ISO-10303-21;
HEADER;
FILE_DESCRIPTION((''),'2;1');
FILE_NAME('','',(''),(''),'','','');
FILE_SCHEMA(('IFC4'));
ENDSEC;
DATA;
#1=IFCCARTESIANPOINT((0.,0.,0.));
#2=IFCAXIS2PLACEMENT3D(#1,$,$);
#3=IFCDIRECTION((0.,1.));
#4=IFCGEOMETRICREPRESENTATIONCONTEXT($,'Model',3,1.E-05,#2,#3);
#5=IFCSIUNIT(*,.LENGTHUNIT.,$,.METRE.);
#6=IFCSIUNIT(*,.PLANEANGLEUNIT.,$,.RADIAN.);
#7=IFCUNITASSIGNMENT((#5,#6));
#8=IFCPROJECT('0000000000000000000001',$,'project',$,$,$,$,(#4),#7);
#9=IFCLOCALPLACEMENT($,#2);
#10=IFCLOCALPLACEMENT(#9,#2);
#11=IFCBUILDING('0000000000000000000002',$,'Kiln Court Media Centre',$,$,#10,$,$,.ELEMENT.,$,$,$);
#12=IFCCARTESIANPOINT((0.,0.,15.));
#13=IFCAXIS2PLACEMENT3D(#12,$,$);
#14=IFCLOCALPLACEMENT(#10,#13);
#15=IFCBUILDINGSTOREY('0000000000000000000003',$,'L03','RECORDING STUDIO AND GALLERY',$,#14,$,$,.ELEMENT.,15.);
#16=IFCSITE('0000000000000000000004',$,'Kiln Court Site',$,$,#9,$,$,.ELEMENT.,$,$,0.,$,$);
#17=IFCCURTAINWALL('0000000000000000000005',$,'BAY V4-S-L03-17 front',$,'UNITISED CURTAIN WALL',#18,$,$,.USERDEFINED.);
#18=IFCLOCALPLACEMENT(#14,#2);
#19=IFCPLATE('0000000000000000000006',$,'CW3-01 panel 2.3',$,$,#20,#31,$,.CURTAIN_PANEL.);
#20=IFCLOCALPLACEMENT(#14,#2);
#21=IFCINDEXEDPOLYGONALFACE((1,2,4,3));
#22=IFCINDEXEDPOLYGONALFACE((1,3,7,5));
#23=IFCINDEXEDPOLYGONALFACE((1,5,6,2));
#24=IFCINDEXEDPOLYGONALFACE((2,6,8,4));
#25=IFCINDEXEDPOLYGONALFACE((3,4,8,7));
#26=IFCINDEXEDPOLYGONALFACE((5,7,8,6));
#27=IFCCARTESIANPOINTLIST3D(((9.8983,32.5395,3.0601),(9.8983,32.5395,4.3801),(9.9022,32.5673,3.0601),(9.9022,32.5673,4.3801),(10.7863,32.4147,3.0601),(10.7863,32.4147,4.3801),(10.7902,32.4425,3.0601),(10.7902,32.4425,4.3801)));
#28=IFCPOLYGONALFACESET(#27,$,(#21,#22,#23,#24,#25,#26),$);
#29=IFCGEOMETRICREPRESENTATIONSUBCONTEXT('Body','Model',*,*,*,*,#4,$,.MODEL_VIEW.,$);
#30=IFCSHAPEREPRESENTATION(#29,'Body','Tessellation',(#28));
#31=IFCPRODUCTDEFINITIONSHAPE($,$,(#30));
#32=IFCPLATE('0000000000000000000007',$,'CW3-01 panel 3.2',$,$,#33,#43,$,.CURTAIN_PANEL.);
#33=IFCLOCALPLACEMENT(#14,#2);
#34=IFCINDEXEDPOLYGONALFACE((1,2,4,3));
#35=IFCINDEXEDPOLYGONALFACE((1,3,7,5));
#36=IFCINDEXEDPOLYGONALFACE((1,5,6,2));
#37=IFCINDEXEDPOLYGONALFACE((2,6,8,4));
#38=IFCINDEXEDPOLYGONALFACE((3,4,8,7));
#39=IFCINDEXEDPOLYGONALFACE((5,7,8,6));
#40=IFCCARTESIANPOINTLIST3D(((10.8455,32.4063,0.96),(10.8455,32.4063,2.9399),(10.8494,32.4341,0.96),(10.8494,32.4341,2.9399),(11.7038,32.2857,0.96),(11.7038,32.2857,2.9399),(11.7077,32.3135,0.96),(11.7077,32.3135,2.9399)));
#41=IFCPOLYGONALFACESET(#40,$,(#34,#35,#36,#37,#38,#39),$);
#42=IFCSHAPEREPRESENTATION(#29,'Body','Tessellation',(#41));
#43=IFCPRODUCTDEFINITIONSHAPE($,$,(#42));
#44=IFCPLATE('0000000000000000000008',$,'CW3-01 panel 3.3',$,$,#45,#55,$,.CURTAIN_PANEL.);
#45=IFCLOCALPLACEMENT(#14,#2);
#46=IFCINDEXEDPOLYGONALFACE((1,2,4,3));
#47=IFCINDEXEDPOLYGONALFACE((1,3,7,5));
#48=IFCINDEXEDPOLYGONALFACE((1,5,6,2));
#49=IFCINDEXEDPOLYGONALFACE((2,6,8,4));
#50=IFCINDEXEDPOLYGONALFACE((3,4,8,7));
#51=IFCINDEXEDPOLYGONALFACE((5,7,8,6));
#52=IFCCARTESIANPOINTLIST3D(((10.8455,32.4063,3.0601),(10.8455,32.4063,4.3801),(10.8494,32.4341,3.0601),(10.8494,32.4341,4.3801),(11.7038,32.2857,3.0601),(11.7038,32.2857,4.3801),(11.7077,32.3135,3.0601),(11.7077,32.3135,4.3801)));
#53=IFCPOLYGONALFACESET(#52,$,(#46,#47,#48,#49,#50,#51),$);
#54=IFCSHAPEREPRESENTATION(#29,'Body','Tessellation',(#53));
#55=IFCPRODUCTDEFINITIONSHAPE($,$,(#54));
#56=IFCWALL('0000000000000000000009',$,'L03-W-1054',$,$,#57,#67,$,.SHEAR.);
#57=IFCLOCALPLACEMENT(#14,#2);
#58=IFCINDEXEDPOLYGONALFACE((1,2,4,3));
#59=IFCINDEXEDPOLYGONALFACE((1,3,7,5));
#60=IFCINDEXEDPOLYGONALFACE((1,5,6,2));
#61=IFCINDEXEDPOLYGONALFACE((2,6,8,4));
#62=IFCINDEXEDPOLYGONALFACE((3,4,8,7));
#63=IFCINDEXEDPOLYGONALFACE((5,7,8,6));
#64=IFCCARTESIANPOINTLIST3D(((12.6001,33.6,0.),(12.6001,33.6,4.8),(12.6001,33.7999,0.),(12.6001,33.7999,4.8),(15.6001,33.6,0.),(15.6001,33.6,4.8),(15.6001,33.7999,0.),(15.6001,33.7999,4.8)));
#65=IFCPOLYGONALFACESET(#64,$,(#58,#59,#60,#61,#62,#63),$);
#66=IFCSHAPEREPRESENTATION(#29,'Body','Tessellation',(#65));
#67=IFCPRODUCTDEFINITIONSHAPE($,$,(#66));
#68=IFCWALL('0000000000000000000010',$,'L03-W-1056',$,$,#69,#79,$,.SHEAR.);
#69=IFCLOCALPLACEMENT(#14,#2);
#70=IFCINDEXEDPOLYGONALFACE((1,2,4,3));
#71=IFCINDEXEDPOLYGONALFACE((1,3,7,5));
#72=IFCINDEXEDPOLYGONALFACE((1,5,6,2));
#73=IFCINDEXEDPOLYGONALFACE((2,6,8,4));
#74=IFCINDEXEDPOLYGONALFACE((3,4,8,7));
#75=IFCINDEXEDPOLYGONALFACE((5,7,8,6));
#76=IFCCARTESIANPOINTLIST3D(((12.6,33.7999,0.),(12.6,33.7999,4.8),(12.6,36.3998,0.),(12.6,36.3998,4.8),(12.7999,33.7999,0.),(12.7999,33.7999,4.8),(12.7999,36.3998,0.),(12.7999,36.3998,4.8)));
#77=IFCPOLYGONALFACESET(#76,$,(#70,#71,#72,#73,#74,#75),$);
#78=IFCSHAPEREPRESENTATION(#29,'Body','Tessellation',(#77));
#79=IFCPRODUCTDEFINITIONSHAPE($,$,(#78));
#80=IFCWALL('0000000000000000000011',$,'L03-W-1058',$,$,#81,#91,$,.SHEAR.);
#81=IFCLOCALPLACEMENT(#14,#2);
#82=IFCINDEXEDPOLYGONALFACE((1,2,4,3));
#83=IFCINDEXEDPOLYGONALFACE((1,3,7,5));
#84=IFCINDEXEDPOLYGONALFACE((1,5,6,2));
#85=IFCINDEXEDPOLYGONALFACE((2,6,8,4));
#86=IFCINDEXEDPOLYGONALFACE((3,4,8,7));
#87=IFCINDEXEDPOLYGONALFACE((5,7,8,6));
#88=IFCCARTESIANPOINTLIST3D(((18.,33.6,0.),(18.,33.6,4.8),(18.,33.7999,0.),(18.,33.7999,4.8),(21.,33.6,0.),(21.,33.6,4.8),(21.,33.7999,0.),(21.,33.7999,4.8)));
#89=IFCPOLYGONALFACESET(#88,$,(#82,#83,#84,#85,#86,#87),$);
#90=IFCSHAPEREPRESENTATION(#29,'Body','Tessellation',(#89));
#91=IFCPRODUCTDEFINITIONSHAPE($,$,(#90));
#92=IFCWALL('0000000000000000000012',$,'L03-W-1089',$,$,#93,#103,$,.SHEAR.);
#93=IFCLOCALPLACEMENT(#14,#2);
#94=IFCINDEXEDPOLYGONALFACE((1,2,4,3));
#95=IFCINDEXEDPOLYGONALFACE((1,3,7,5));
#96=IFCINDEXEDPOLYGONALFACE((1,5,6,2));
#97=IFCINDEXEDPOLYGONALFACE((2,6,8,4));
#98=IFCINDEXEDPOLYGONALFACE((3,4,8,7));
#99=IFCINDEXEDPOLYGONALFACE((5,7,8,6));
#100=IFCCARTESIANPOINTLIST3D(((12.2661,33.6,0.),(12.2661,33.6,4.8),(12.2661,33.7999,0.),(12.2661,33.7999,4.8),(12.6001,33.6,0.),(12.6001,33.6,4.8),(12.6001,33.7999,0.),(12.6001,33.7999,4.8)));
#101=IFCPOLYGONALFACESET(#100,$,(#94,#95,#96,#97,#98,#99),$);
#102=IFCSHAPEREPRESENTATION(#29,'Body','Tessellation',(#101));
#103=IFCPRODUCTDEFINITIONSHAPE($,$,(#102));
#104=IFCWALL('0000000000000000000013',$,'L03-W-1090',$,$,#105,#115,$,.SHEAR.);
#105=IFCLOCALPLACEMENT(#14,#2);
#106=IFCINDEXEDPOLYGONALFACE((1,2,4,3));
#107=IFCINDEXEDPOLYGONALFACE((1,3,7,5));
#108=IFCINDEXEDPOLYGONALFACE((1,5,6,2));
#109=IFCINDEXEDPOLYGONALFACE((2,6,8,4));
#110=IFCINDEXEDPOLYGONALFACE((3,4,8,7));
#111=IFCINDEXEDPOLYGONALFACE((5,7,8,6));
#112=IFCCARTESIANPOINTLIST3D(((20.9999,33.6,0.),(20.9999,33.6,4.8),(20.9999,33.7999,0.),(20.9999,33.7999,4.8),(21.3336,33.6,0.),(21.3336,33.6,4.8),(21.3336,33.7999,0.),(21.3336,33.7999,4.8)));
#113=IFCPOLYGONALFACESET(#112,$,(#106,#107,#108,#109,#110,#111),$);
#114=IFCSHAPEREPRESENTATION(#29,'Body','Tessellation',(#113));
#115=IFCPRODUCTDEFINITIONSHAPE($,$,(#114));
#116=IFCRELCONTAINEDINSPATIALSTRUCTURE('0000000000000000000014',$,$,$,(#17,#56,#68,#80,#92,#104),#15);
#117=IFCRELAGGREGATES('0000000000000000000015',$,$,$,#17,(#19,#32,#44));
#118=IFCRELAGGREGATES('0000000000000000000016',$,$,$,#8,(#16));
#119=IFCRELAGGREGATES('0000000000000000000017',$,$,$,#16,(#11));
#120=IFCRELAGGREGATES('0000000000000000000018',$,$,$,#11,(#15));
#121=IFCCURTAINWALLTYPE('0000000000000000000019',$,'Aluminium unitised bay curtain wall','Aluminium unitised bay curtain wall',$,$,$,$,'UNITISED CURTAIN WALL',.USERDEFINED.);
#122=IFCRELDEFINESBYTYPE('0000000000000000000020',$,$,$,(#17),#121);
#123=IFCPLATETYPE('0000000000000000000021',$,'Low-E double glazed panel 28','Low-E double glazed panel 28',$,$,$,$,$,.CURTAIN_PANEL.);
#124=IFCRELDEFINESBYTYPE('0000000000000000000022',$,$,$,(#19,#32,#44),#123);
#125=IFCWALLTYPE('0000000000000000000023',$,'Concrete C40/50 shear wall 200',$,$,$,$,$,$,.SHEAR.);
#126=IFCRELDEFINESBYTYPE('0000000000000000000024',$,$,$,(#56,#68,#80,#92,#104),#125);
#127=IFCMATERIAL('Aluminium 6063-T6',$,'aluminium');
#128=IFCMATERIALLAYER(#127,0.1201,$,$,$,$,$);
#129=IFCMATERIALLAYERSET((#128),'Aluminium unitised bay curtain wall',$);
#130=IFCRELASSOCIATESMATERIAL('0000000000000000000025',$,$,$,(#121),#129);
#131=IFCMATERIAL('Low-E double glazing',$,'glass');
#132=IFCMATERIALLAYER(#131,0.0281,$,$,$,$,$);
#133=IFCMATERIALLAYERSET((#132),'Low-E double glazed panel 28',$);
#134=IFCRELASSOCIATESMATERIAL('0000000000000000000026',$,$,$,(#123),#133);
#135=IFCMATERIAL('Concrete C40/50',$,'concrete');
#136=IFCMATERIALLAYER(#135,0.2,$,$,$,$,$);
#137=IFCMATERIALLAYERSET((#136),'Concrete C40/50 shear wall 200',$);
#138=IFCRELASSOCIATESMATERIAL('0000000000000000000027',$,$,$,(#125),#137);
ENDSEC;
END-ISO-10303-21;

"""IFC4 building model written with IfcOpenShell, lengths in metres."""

from ifc_helpers import new_model, si_unit, direction, frame, frame_2d, origin, origin_2d, place, context, subcontext, project, spatial, rectangle, extrude, material, layer, layer_set, type_object, element, aggregate, save


model = new_model("IFC4")

# Units and contexts
model_context = context("Model", 3, precision=1e-05, world=origin(), true_north=direction((0.0, 1.0)))
body_context = subcontext(model_context, "Body", "Model", "MODEL_VIEW")
ifc_project = project(units=[si_unit("LENGTHUNIT", "METRE"), si_unit("PLANEANGLEUNIT", "RADIAN")], contexts=[model_context])

# Site, building, storey
site_placement = place(None, origin())
site = spatial("IfcSite", under=ifc_project, at=site_placement, Name="Kiln Court Site", CompositionType="ELEMENT", RefElevation=0.0)
building_placement = place(site_placement, origin())
building = spatial("IfcBuilding", under=site, at=building_placement, Name="Kiln Court Media Centre", CompositionType="ELEMENT")
storey_placement = place(building_placement, frame((0.0, 0.0, 15.0)))
storey = spatial("IfcBuildingStorey", under=building, at=storey_placement, Name="L03", Description="RECORDING STUDIO AND GALLERY", CompositionType="ELEMENT", Elevation=15.0)

# Curtain wall
ifc_material_1 = material(Name="Aluminium 6063-T6", Category="aluminium")
ifc_layer_1 = layer(ifc_material_1, 0.1201)
ifc_layer_set_1 = layer_set([ifc_layer_1], Name="Aluminium unitised bay curtain wall")
curtain_wall_type = type_object("IfcCurtainWallType", Name="Aluminium unitised bay curtain wall", Description="Aluminium unitised bay curtain wall", ElementType="UNITISED CURTAIN WALL", PredefinedType="USERDEFINED", material=ifc_layer_set_1)
curtain_wall_1_placement = place(storey_placement, origin())
curtain_wall_1 = element("IfcCurtainWall", 1, at=curtain_wall_1_placement, inside=storey, type_object=curtain_wall_type, Name="BAY V4-S-L03-17 front", ObjectType="UNITISED CURTAIN WALL", PredefinedType="USERDEFINED")

# Plates
ifc_material_2 = material(Name="Low-E double glazing", Category="glass")
ifc_layer_2 = layer(ifc_material_2, 0.0281)
ifc_layer_set_2 = layer_set([ifc_layer_2], Name="Low-E double glazed panel 28")
plate_type_1 = type_object("IfcPlateType", Name="Low-E double glazed panel 28", Description="Low-E double glazed panel 28", PredefinedType="CURTAIN_PANEL", material=ifc_layer_set_2)
plate_1_placement = place(storey_placement, frame((10.3442, 32.491, 3.0601), z_axis=(0.0, 0.0, 1.0), x_axis=(0.99027, -0.139162, 0.0)))
plate_1 = element("IfcPlate", 2, at=plate_1_placement, type_object=plate_type_1, Name="CW3-01 panel 2.3", PredefinedType="CURTAIN_PANEL", context=body_context, shape_type="SweptSolid", body=[
    extrude(rectangle(XDim=0.8967, YDim=0.0281, at=origin_2d()), origin(), (0.0, 0.0, 1.0), 1.3201),
])
plate_2_placement = place(storey_placement, frame((11.2766, 32.3599, 0.96), z_axis=(0.0, 0.0, 1.0), x_axis=(0.99027, -0.139162, 0.0)))
plate_2 = element("IfcPlate", 3, at=plate_2_placement, type_object=plate_type_1, Name="CW3-01 panel 3.2", PredefinedType="CURTAIN_PANEL", context=body_context, shape_type="SweptSolid", body=[
    extrude(rectangle(XDim=0.8667, YDim=0.0281, at=origin_2d()), origin(), (0.0, 0.0, 1.0), 1.98),
])
plate_3_placement = place(storey_placement, frame((11.2766, 32.3599, 3.0601), z_axis=(0.0, 0.0, 1.0), x_axis=(0.99027, -0.139162, 0.0)))
plate_3 = element("IfcPlate", 4, at=plate_3_placement, type_object=plate_type_1, Name="CW3-01 panel 3.3", PredefinedType="CURTAIN_PANEL", context=body_context, shape_type="SweptSolid", body=[
    extrude(rectangle(XDim=0.8667, YDim=0.0281, at=origin_2d()), origin(), (0.0, 0.0, 1.0), 1.3201),
])
aggregate(curtain_wall_1, [plate_1, plate_2, plate_3])

# Walls
ifc_material_3 = material(Name="Concrete C40/50", Category="concrete")
ifc_layer_3 = layer(ifc_material_3, 0.2)
ifc_layer_set_3 = layer_set([ifc_layer_3], Name="Concrete C40/50 shear wall 200")
wall_type = type_object("IfcWallType", Name="Concrete C40/50 shear wall 200", PredefinedType="SHEAR", material=ifc_layer_set_3)
wall_1_placement = place(storey_placement, frame((15.6001, 33.7, 0.0), z_axis=(0.0, 0.0, 1.0), x_axis=(-1.0, 0.0, 0.0)))
element("IfcWall", 5, at=wall_1_placement, inside=storey, type_object=wall_type, Name="L03-W-1054", PredefinedType="SHEAR", context=body_context, shape_type="SweptSolid", body=[
    extrude(rectangle(XDim=3.0, YDim=0.2, at=frame_2d((1.5, 0.0))), origin(), (0.0, 0.0, 1.0), 4.8),
])
wall_2_placement = place(storey_placement, frame((12.7, 33.8, 0.0), z_axis=(0.0, 0.0, 1.0), x_axis=(0.0, 1.0, 0.0)))
element("IfcWall", 6, at=wall_2_placement, inside=storey, type_object=wall_type, Name="L03-W-1056", PredefinedType="SHEAR", context=body_context, shape_type="SweptSolid", body=[
    extrude(rectangle(XDim=2.5999, YDim=0.2, at=frame_2d((1.2998, 0.0))), origin(), (0.0, 0.0, 1.0), 4.8),
])
wall_3_placement = place(storey_placement, frame((21.0, 33.7, 0.0), z_axis=(0.0, 0.0, 1.0), x_axis=(-1.0, 0.0, 0.0)))
element("IfcWall", 7, at=wall_3_placement, inside=storey, type_object=wall_type, Name="L03-W-1058", PredefinedType="SHEAR", context=body_context, shape_type="SweptSolid", body=[
    extrude(rectangle(XDim=3.0, YDim=0.2, at=frame_2d((1.5, 0.0))), origin(), (0.0, 0.0, 1.0), 4.8),
])
wall_4_placement = place(storey_placement, frame((12.6001, 33.7, 0.0), z_axis=(0.0, 0.0, 1.0), x_axis=(-1.0, 0.0, 0.0)))
element("IfcWall", 8, at=wall_4_placement, inside=storey, type_object=wall_type, Name="L03-W-1089", PredefinedType="SHEAR", context=body_context, shape_type="SweptSolid", body=[
    extrude(rectangle(XDim=0.334, YDim=0.2, at=frame_2d((0.167, 0.0))), origin(), (0.0, 0.0, 1.0), 4.8),
])
wall_5_placement = place(storey_placement, frame((21.3337, 33.7, 0.0), z_axis=(0.0, 0.0, 1.0), x_axis=(-1.0, 0.0, 0.0)))
element("IfcWall", 9, at=wall_5_placement, inside=storey, type_object=wall_type, Name="L03-W-1090", PredefinedType="SHEAR", context=body_context, shape_type="SweptSolid", body=[
    extrude(rectangle(XDim=0.3337, YDim=0.2, at=frame_2d((0.167, 0.0))), origin(), (0.0, 0.0, 1.0), 4.8),
])

save(model, "model.ifc")
